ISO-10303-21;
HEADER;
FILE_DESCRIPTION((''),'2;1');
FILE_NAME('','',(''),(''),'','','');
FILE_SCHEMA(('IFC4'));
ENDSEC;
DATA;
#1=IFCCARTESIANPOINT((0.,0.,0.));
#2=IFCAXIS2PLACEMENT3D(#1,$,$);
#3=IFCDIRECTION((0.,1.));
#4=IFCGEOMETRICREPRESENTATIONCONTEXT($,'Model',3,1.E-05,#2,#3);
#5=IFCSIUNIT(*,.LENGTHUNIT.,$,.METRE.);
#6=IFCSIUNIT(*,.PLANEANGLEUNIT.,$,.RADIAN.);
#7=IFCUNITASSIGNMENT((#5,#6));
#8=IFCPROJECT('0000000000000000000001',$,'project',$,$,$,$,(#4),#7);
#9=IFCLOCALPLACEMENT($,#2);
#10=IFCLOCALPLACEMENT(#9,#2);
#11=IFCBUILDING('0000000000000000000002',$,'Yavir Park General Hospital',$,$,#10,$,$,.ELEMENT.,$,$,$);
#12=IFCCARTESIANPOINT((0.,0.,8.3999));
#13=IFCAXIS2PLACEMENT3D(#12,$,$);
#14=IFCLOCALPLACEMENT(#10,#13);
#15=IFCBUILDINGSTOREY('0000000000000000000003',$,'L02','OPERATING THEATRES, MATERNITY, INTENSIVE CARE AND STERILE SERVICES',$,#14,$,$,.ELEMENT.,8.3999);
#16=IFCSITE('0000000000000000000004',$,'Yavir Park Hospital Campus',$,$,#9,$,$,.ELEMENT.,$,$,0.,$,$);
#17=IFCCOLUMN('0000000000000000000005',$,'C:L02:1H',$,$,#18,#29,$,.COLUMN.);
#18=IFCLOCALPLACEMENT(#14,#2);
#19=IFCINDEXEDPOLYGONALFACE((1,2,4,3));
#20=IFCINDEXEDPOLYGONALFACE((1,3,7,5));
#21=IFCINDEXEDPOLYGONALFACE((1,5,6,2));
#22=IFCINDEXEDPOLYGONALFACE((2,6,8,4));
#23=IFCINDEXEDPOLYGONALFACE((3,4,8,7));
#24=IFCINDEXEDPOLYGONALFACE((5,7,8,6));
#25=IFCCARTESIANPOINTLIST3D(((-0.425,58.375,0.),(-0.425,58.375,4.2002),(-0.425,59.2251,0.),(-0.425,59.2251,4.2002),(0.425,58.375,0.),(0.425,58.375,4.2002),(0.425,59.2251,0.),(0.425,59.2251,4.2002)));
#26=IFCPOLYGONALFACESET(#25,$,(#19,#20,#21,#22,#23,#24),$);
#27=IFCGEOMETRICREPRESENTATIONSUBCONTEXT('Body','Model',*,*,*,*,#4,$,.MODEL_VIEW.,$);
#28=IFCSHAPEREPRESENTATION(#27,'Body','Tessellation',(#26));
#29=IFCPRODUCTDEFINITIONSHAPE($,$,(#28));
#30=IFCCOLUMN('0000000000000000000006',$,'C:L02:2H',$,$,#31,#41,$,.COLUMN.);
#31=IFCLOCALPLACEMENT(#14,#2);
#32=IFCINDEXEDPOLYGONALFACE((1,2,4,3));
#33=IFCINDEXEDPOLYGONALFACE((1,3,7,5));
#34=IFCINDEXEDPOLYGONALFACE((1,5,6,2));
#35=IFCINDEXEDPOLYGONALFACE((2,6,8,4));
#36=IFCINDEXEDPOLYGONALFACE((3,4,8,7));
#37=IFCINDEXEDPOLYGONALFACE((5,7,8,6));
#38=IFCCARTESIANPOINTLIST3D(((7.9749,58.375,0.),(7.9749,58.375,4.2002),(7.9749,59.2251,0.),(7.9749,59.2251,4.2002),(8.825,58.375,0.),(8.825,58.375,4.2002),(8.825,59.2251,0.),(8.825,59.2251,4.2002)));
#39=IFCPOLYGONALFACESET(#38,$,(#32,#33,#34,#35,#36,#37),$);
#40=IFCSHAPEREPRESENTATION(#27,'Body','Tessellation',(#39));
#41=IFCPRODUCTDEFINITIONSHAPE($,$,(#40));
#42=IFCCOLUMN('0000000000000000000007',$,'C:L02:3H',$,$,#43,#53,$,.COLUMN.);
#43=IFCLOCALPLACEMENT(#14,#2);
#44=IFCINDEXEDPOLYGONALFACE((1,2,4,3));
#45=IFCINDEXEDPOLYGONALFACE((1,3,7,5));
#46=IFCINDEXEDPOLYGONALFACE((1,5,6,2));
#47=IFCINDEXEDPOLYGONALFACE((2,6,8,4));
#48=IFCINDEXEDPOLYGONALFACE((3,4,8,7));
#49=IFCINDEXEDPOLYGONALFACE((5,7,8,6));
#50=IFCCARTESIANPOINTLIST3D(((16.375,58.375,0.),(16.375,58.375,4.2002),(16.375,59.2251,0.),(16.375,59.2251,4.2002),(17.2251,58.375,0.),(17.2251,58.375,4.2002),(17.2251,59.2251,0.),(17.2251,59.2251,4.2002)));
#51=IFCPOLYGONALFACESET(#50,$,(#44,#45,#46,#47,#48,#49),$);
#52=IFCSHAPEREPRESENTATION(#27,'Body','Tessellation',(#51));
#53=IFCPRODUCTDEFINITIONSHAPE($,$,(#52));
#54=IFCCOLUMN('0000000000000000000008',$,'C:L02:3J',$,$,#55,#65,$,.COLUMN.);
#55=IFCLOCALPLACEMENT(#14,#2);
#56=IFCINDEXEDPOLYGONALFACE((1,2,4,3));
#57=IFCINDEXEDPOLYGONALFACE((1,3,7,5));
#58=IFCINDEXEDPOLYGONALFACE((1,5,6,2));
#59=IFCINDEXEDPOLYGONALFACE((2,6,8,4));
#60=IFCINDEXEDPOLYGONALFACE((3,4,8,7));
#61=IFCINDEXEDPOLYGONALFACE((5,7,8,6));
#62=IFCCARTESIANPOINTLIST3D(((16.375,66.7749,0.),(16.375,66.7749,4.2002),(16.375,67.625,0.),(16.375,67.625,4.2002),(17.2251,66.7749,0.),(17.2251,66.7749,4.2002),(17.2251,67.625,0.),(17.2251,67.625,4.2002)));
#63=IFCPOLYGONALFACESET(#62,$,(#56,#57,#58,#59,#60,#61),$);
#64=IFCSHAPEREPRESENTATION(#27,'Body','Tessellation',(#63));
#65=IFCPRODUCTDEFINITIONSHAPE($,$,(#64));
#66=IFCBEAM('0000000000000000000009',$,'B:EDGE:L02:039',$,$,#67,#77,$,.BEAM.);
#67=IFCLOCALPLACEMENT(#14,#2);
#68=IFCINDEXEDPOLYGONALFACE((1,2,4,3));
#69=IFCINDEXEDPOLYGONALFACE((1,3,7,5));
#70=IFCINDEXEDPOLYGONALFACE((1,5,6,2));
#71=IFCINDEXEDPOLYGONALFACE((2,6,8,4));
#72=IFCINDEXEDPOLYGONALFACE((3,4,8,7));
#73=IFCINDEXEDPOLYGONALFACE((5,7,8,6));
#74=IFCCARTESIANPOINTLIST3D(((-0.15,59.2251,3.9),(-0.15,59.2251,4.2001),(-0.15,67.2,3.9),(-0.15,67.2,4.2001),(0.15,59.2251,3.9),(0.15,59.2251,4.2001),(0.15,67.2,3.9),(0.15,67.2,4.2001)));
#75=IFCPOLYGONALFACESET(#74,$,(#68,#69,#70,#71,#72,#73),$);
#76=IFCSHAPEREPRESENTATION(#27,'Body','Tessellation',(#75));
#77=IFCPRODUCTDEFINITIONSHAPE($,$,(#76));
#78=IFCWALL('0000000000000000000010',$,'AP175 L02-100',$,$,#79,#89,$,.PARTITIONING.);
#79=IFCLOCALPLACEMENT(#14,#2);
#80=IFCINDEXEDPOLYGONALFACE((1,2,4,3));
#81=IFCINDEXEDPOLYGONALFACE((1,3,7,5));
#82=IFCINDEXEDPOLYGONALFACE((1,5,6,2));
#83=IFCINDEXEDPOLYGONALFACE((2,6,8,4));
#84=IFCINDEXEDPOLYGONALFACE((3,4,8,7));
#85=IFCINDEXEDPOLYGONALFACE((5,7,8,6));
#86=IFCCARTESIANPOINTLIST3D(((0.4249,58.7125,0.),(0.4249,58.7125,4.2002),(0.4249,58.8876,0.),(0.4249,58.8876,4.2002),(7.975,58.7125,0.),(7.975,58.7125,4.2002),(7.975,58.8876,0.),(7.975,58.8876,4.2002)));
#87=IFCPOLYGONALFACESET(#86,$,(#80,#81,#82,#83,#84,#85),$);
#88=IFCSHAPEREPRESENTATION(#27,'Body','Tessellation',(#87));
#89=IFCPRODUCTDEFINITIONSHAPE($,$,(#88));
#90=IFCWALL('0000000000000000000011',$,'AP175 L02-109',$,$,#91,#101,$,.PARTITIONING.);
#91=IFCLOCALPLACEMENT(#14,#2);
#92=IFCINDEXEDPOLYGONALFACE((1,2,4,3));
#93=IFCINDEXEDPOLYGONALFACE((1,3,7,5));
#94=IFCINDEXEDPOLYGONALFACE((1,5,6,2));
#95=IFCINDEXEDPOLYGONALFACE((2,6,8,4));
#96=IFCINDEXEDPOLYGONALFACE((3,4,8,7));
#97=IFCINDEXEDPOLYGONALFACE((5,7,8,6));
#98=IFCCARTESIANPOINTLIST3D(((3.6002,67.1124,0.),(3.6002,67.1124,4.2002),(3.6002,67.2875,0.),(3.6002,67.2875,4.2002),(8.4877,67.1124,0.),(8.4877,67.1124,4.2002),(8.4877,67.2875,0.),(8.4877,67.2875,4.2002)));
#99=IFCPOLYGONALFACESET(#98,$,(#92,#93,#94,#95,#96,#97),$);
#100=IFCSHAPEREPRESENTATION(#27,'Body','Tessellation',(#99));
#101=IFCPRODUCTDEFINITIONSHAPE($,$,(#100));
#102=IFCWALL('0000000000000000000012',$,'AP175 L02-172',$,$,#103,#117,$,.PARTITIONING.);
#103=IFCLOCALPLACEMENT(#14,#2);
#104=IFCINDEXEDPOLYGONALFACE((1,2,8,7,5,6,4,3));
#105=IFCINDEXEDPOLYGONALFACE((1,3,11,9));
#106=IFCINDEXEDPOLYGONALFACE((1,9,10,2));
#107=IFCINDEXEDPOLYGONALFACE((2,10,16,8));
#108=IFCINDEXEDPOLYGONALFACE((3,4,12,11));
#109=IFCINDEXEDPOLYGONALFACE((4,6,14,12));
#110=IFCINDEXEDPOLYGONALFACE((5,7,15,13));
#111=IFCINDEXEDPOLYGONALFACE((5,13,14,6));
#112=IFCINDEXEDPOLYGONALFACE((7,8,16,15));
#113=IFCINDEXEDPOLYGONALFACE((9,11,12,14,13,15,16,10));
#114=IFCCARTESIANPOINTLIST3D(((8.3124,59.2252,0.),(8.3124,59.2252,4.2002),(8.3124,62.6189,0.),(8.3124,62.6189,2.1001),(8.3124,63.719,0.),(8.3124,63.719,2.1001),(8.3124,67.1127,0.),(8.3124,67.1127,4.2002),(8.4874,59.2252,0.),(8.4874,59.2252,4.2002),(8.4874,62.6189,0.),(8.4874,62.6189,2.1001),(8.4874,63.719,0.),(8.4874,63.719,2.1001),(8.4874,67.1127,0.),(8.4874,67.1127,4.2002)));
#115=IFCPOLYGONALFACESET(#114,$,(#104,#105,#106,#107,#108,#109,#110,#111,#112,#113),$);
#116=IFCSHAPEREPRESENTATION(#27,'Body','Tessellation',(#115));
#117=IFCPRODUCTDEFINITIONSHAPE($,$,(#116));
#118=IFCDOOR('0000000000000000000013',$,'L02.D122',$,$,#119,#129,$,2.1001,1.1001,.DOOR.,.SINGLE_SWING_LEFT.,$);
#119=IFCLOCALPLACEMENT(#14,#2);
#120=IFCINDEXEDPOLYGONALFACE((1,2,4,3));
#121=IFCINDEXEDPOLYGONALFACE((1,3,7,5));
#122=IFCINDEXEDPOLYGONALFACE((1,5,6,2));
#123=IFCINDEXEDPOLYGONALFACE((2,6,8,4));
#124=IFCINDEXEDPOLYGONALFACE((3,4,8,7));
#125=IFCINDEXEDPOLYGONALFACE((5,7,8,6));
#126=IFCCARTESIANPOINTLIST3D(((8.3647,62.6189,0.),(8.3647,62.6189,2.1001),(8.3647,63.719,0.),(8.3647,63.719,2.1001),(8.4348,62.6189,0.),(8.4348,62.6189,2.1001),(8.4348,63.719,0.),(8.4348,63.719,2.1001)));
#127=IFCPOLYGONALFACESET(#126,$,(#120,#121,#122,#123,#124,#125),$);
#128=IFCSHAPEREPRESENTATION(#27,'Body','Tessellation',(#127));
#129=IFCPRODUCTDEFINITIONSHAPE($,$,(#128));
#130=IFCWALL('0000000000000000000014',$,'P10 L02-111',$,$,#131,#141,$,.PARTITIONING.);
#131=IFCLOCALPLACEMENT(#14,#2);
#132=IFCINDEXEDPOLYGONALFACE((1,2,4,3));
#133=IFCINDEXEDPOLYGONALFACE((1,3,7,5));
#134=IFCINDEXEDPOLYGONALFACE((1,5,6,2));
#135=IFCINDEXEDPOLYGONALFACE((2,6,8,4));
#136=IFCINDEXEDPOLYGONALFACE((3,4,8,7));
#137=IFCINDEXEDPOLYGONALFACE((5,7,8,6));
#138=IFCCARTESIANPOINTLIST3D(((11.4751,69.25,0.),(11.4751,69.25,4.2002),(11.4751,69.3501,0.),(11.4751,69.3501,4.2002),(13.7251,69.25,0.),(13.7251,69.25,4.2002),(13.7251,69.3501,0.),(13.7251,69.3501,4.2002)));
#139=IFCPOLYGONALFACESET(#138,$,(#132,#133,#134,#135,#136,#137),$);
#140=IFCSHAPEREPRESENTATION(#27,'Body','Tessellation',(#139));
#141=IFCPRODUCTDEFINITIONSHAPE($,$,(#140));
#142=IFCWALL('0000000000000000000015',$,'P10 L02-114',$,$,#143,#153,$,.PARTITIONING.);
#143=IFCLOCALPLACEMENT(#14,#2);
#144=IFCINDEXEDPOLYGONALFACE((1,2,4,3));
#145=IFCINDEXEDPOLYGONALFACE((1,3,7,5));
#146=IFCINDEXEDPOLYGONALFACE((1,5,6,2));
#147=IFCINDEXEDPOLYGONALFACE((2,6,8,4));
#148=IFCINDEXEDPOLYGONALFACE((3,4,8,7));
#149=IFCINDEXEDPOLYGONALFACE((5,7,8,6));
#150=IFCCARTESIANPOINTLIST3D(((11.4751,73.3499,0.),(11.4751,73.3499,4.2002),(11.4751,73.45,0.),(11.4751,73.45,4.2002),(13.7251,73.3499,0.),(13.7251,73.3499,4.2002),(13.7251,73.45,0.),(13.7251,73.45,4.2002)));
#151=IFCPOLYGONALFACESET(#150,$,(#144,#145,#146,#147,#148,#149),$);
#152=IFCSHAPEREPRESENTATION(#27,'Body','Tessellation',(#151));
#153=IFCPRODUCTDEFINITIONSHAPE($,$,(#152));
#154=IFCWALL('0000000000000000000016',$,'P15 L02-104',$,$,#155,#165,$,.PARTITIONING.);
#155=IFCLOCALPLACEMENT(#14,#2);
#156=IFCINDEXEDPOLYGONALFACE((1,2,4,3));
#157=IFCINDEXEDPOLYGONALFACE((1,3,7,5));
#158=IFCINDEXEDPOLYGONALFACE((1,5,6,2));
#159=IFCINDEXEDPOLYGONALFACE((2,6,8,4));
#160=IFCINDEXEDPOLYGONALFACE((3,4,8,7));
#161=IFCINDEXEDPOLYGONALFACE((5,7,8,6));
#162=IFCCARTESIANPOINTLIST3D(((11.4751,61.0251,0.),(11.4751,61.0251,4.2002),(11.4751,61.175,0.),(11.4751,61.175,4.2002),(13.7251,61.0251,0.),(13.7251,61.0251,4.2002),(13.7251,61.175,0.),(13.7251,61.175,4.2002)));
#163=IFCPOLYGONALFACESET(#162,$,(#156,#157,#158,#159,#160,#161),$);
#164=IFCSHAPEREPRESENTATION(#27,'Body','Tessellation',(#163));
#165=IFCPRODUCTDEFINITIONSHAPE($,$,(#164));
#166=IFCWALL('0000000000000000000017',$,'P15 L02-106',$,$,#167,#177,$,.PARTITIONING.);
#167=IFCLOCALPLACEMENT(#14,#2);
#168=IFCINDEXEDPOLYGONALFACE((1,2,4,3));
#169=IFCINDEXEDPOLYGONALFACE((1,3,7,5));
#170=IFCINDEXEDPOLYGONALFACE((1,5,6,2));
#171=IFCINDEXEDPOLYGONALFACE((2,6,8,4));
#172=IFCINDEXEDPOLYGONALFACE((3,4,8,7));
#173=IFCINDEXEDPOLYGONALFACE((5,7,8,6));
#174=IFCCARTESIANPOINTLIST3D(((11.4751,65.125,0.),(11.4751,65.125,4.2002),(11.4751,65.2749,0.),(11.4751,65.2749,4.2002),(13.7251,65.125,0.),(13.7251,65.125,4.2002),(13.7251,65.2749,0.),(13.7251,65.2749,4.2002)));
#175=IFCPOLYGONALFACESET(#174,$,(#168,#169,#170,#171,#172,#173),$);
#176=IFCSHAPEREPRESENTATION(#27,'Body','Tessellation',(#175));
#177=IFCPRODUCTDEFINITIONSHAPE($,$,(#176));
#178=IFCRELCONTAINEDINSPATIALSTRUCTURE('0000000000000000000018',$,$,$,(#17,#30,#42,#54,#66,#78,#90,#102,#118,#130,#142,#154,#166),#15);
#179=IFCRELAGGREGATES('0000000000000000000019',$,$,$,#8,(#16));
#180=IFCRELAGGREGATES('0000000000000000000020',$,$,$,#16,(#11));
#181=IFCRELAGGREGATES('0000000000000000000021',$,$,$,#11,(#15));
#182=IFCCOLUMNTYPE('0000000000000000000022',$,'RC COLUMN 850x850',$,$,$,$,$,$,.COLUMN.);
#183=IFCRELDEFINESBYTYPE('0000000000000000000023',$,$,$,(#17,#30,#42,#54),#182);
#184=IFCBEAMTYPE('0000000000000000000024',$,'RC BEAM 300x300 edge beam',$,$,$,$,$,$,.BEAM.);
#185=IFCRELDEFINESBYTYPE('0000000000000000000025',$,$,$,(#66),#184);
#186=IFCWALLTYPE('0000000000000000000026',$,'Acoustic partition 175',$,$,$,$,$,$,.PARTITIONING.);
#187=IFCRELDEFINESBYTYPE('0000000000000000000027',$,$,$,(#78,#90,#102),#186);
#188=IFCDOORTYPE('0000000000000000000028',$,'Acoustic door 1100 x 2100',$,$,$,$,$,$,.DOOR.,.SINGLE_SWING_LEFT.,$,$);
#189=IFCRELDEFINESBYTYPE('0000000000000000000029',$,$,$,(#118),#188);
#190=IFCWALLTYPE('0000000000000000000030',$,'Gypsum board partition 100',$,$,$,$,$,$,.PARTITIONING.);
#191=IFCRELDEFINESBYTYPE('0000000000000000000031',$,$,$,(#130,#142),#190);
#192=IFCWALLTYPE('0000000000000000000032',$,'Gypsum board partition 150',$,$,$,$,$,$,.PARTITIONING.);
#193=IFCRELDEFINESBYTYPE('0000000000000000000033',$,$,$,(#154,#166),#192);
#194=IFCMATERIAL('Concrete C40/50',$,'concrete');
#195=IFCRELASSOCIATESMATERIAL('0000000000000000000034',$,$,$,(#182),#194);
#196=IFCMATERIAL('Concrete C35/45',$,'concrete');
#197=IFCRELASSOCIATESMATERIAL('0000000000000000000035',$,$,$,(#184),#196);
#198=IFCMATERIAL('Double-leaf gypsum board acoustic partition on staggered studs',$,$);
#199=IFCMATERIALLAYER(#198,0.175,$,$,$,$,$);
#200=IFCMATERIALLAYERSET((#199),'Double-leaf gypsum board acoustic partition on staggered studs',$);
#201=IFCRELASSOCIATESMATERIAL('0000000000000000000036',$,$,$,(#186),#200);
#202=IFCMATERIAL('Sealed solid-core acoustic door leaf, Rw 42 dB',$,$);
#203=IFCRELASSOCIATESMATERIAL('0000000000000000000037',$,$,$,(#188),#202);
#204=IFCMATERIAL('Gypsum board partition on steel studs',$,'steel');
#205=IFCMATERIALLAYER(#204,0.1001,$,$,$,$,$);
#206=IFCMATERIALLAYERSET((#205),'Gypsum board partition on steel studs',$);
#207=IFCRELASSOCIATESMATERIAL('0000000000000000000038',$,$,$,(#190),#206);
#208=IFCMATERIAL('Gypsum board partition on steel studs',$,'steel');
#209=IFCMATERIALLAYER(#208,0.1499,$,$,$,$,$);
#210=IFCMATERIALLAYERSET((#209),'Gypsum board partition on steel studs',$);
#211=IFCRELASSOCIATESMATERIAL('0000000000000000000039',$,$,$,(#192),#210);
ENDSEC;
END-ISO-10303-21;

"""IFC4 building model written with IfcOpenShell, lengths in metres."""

from ifc_helpers import new_model, si_unit, direction, frame, frame_2d, origin, origin_2d, place, context, subcontext, project, spatial, rectangle, extrude, material, layer, layer_set, material_profile, profile_set, type_object, element, fill, save


model = new_model("IFC4")

# Units and contexts
model_context = context("Model", 3, precision=1e-05, world=origin(), true_north=direction((0.0, 1.0)))
body_context = subcontext(model_context, "Body", "Model", "MODEL_VIEW")
ifc_project = project(units=[si_unit("LENGTHUNIT", "METRE"), si_unit("PLANEANGLEUNIT", "RADIAN")], contexts=[model_context])

# Site, building, storey
site_placement = place(None, origin())
site = spatial("IfcSite", under=ifc_project, at=site_placement, Name="Yavir Park Hospital Campus", CompositionType="ELEMENT", RefElevation=0.0)
building_placement = place(site_placement, origin())
building = spatial("IfcBuilding", under=site, at=building_placement, Name="Yavir Park General Hospital", CompositionType="ELEMENT")
storey_placement = place(building_placement, frame((0.0, 0.0, 8.3999)))
storey = spatial("IfcBuildingStorey", under=building, at=storey_placement, Name="L02", Description="OPERATING THEATRES, MATERNITY, INTENSIVE CARE AND STERILE SERVICES", CompositionType="ELEMENT", Elevation=8.3999)

# Columns
ifc_material_1 = material(Name="Concrete C40/50", Category="concrete")
ifc_material_profile_1 = material_profile(ifc_material_1, rectangle(XDim=0.8501, YDim=0.8501, at=origin_2d()), Name="RC850x850")
ifc_profile_set_1 = profile_set([ifc_material_profile_1], Name="Concrete C40/50")
column_type = type_object("IfcColumnType", Name="RC COLUMN 850x850", PredefinedType="COLUMN", material=ifc_profile_set_1)
for number, where, z_axis, x_axis, name in (
    (1, (0.0, 58.8, 0.0), (0.0, 0.0, 1.0), (1.0, 0.0, 0.0), "C:L02:1H"),
    (2, (8.3999, 58.8, 0.0), (0.0, 0.0, 1.0), (1.0, 0.0, 0.0), "C:L02:2H"),
    (3, (16.8, 58.8, 0.0), (0.0, 0.0, 1.0), (1.0, 0.0, 0.0), "C:L02:3H"),
    (4, (16.8, 67.2, 0.0), (0.0, 0.0, 1.0), (1.0, 0.0, 0.0), "C:L02:3J"),
):
    element("IfcColumn", number, at=place(storey_placement, frame(where, z_axis=z_axis, x_axis=x_axis)), inside=storey, type_object=column_type, Name=name, PredefinedType="COLUMN", context=body_context, shape_type="SweptSolid", body=[
        extrude(rectangle(XDim=0.8501, YDim=0.8501, at=origin_2d()), origin(), (0.0, 0.0, 1.0), 4.2002),
    ])

# Beam
ifc_material_2 = material(Name="Concrete C35/45", Category="concrete")
ifc_material_profile_2 = material_profile(ifc_material_2, rectangle(XDim=0.3, YDim=0.3, at=origin_2d()), Name="RC300x300")
ifc_profile_set_2 = profile_set([ifc_material_profile_2], Name="Concrete C35/45")
beam_type = type_object("IfcBeamType", Name="RC BEAM 300x300 edge beam", PredefinedType="BEAM", material=ifc_profile_set_2)
beam_placement = place(storey_placement, frame((0.0, 59.2251, 4.05), z_axis=(0.0, 1.0, 0.0), x_axis=(-1.0, 0.0, 0.0)))
element("IfcBeam", 5, at=beam_placement, inside=storey, type_object=beam_type, Name="B:EDGE:L02:039", PredefinedType="BEAM", context=body_context, shape_type="SweptSolid", body=[
    extrude(rectangle(XDim=0.3, YDim=0.3, at=origin_2d()), origin(), (0.0, 0.0, 1.0), 7.9749),
])

# Walls
ifc_material_3 = material(Name="Double-leaf gypsum board acoustic partition on staggered studs")
ifc_layer_1 = layer(ifc_material_3, 0.175)
ifc_layer_set_1 = layer_set([ifc_layer_1], Name="Double-leaf gypsum board acoustic partition on staggered studs")
wall_type_1 = type_object("IfcWallType", Name="Acoustic partition 175", PredefinedType="PARTITIONING", material=ifc_layer_set_1)
wall_1_placement = place(storey_placement, frame((0.425, 58.8, 0.0), z_axis=(0.0, 0.0, 1.0), x_axis=(1.0, 0.0, 0.0)))
element("IfcWall", 6, at=wall_1_placement, inside=storey, type_object=wall_type_1, Name="AP175 L02-100", PredefinedType="PARTITIONING", context=body_context, shape_type="SweptSolid", body=[
    extrude(rectangle(XDim=7.55, YDim=0.175, at=frame_2d((3.7749, 0.0))), origin(), (0.0, 0.0, 1.0), 4.2002),
])
wall_2_placement = place(storey_placement, frame((3.6001, 67.2, 0.0), z_axis=(0.0, 0.0, 1.0), x_axis=(1.0, 0.0, 0.0)))
element("IfcWall", 7, at=wall_2_placement, inside=storey, type_object=wall_type_1, Name="AP175 L02-109", PredefinedType="PARTITIONING", context=body_context, shape_type="SweptSolid", body=[
    extrude(rectangle(XDim=4.8875, YDim=0.175, at=frame_2d((2.4438, 0.0))), origin(), (0.0, 0.0, 1.0), 4.2002),
])

# Wall, opening, door
wall_3_placement = place(storey_placement, frame((8.3999, 59.2251, 0.0), z_axis=(0.0, 0.0, 1.0), x_axis=(0.0, 1.0, 0.0)))
wall_3 = element("IfcWall", 8, at=wall_3_placement, inside=storey, type_object=wall_type_1, Name="AP175 L02-172", PredefinedType="PARTITIONING", context=body_context, shape_type="SweptSolid", body=[
    extrude(rectangle(XDim=7.8875, YDim=0.175, at=frame_2d((3.9438, 0.0))), origin(), (0.0, 0.0, 1.0), 4.2002),
])
opening_1_placement = place(wall_3_placement, frame((3.3938, 0.0, 0.0)))
opening_1 = element("IfcOpeningElement", 9, at=opening_1_placement, cuts=wall_3, PredefinedType="OPENING", context=body_context, shape_type="SweptSolid", body=[
    extrude(rectangle(XDim=1.1001, YDim=2.1001, at=frame_2d((0.55, 1.05))), frame((0.0, 0.0974, 0.0), z_axis=(0.0, -1.0, 0.0), x_axis=(1.0, 0.0, 0.0)), (0.0, 0.0, 1.0), 0.1951),
])
ifc_material_4 = material(Name="Sealed solid-core acoustic door leaf, Rw 42 dB")
door_type_1 = type_object("IfcDoorType", Name="Acoustic door 1100 x 2100", OperationType="SINGLE_SWING_LEFT", PredefinedType="DOOR", material=ifc_material_4)
door_1_placement = place(opening_1_placement, origin())
door_1 = element("IfcDoor", 10, at=door_1_placement, inside=storey, type_object=door_type_1, Name="L02.D122", OperationType="SINGLE_SWING_LEFT", OverallHeight=2.1001, OverallWidth=1.1001, PredefinedType="DOOR", context=body_context, shape_type="SweptSolid", body=[
    extrude(rectangle(XDim=1.1001, YDim=2.1001, at=frame_2d((0.55, 1.05))), frame((0.0, 0.0352, 0.0), z_axis=(0.0, -1.0, 0.0), x_axis=(1.0, 0.0, 0.0)), (0.0, 0.0, 1.0), 0.0701),
])
fill(opening_1, door_1)

# Walls
ifc_material_5 = material(Name="Gypsum board partition on steel studs", Category="steel")
ifc_layer_2 = layer(ifc_material_5, 0.1001)
ifc_layer_set_2 = layer_set([ifc_layer_2], Name="Gypsum board partition on steel studs")
wall_type_2 = type_object("IfcWallType", Name="Gypsum board partition 100", PredefinedType="PARTITIONING", material=ifc_layer_set_2)
for number, where, z_axis, x_axis, name in (
    (11, (11.4751, 69.3, 0.0), (0.0, 0.0, 1.0), (1.0, 0.0, 0.0), "P10 L02-111"),
    (12, (11.4751, 73.3999, 0.0), (0.0, 0.0, 1.0), (1.0, 0.0, 0.0), "P10 L02-114"),
):
    element("IfcWall", number, at=place(storey_placement, frame(where, z_axis=z_axis, x_axis=x_axis)), inside=storey, type_object=wall_type_2, Name=name, PredefinedType="PARTITIONING", context=body_context, shape_type="SweptSolid", body=[
        extrude(rectangle(XDim=2.25, YDim=0.1001, at=frame_2d((1.125, 0.0))), origin(), (0.0, 0.0, 1.0), 4.2002),
    ])
ifc_material_6 = material(Name="Gypsum board partition on steel studs", Category="steel")
ifc_layer_3 = layer(ifc_material_6, 0.1499)
ifc_layer_set_3 = layer_set([ifc_layer_3], Name="Gypsum board partition on steel studs")
wall_type_3 = type_object("IfcWallType", Name="Gypsum board partition 150", PredefinedType="PARTITIONING", material=ifc_layer_set_3)
for number, where, z_axis, x_axis, name in (
    (13, (11.4751, 61.1001, 0.0), (0.0, 0.0, 1.0), (1.0, 0.0, 0.0), "P15 L02-104"),
    (14, (11.4751, 65.2, 0.0), (0.0, 0.0, 1.0), (1.0, 0.0, 0.0), "P15 L02-106"),
):
    element("IfcWall", number, at=place(storey_placement, frame(where, z_axis=z_axis, x_axis=x_axis)), inside=storey, type_object=wall_type_3, Name=name, PredefinedType="PARTITIONING", context=body_context, shape_type="SweptSolid", body=[
        extrude(rectangle(XDim=2.25, YDim=0.1499, at=frame_2d((1.125, 0.0))), origin(), (0.0, 0.0, 1.0), 4.2002),
    ])

save(model, "model.ifc")
